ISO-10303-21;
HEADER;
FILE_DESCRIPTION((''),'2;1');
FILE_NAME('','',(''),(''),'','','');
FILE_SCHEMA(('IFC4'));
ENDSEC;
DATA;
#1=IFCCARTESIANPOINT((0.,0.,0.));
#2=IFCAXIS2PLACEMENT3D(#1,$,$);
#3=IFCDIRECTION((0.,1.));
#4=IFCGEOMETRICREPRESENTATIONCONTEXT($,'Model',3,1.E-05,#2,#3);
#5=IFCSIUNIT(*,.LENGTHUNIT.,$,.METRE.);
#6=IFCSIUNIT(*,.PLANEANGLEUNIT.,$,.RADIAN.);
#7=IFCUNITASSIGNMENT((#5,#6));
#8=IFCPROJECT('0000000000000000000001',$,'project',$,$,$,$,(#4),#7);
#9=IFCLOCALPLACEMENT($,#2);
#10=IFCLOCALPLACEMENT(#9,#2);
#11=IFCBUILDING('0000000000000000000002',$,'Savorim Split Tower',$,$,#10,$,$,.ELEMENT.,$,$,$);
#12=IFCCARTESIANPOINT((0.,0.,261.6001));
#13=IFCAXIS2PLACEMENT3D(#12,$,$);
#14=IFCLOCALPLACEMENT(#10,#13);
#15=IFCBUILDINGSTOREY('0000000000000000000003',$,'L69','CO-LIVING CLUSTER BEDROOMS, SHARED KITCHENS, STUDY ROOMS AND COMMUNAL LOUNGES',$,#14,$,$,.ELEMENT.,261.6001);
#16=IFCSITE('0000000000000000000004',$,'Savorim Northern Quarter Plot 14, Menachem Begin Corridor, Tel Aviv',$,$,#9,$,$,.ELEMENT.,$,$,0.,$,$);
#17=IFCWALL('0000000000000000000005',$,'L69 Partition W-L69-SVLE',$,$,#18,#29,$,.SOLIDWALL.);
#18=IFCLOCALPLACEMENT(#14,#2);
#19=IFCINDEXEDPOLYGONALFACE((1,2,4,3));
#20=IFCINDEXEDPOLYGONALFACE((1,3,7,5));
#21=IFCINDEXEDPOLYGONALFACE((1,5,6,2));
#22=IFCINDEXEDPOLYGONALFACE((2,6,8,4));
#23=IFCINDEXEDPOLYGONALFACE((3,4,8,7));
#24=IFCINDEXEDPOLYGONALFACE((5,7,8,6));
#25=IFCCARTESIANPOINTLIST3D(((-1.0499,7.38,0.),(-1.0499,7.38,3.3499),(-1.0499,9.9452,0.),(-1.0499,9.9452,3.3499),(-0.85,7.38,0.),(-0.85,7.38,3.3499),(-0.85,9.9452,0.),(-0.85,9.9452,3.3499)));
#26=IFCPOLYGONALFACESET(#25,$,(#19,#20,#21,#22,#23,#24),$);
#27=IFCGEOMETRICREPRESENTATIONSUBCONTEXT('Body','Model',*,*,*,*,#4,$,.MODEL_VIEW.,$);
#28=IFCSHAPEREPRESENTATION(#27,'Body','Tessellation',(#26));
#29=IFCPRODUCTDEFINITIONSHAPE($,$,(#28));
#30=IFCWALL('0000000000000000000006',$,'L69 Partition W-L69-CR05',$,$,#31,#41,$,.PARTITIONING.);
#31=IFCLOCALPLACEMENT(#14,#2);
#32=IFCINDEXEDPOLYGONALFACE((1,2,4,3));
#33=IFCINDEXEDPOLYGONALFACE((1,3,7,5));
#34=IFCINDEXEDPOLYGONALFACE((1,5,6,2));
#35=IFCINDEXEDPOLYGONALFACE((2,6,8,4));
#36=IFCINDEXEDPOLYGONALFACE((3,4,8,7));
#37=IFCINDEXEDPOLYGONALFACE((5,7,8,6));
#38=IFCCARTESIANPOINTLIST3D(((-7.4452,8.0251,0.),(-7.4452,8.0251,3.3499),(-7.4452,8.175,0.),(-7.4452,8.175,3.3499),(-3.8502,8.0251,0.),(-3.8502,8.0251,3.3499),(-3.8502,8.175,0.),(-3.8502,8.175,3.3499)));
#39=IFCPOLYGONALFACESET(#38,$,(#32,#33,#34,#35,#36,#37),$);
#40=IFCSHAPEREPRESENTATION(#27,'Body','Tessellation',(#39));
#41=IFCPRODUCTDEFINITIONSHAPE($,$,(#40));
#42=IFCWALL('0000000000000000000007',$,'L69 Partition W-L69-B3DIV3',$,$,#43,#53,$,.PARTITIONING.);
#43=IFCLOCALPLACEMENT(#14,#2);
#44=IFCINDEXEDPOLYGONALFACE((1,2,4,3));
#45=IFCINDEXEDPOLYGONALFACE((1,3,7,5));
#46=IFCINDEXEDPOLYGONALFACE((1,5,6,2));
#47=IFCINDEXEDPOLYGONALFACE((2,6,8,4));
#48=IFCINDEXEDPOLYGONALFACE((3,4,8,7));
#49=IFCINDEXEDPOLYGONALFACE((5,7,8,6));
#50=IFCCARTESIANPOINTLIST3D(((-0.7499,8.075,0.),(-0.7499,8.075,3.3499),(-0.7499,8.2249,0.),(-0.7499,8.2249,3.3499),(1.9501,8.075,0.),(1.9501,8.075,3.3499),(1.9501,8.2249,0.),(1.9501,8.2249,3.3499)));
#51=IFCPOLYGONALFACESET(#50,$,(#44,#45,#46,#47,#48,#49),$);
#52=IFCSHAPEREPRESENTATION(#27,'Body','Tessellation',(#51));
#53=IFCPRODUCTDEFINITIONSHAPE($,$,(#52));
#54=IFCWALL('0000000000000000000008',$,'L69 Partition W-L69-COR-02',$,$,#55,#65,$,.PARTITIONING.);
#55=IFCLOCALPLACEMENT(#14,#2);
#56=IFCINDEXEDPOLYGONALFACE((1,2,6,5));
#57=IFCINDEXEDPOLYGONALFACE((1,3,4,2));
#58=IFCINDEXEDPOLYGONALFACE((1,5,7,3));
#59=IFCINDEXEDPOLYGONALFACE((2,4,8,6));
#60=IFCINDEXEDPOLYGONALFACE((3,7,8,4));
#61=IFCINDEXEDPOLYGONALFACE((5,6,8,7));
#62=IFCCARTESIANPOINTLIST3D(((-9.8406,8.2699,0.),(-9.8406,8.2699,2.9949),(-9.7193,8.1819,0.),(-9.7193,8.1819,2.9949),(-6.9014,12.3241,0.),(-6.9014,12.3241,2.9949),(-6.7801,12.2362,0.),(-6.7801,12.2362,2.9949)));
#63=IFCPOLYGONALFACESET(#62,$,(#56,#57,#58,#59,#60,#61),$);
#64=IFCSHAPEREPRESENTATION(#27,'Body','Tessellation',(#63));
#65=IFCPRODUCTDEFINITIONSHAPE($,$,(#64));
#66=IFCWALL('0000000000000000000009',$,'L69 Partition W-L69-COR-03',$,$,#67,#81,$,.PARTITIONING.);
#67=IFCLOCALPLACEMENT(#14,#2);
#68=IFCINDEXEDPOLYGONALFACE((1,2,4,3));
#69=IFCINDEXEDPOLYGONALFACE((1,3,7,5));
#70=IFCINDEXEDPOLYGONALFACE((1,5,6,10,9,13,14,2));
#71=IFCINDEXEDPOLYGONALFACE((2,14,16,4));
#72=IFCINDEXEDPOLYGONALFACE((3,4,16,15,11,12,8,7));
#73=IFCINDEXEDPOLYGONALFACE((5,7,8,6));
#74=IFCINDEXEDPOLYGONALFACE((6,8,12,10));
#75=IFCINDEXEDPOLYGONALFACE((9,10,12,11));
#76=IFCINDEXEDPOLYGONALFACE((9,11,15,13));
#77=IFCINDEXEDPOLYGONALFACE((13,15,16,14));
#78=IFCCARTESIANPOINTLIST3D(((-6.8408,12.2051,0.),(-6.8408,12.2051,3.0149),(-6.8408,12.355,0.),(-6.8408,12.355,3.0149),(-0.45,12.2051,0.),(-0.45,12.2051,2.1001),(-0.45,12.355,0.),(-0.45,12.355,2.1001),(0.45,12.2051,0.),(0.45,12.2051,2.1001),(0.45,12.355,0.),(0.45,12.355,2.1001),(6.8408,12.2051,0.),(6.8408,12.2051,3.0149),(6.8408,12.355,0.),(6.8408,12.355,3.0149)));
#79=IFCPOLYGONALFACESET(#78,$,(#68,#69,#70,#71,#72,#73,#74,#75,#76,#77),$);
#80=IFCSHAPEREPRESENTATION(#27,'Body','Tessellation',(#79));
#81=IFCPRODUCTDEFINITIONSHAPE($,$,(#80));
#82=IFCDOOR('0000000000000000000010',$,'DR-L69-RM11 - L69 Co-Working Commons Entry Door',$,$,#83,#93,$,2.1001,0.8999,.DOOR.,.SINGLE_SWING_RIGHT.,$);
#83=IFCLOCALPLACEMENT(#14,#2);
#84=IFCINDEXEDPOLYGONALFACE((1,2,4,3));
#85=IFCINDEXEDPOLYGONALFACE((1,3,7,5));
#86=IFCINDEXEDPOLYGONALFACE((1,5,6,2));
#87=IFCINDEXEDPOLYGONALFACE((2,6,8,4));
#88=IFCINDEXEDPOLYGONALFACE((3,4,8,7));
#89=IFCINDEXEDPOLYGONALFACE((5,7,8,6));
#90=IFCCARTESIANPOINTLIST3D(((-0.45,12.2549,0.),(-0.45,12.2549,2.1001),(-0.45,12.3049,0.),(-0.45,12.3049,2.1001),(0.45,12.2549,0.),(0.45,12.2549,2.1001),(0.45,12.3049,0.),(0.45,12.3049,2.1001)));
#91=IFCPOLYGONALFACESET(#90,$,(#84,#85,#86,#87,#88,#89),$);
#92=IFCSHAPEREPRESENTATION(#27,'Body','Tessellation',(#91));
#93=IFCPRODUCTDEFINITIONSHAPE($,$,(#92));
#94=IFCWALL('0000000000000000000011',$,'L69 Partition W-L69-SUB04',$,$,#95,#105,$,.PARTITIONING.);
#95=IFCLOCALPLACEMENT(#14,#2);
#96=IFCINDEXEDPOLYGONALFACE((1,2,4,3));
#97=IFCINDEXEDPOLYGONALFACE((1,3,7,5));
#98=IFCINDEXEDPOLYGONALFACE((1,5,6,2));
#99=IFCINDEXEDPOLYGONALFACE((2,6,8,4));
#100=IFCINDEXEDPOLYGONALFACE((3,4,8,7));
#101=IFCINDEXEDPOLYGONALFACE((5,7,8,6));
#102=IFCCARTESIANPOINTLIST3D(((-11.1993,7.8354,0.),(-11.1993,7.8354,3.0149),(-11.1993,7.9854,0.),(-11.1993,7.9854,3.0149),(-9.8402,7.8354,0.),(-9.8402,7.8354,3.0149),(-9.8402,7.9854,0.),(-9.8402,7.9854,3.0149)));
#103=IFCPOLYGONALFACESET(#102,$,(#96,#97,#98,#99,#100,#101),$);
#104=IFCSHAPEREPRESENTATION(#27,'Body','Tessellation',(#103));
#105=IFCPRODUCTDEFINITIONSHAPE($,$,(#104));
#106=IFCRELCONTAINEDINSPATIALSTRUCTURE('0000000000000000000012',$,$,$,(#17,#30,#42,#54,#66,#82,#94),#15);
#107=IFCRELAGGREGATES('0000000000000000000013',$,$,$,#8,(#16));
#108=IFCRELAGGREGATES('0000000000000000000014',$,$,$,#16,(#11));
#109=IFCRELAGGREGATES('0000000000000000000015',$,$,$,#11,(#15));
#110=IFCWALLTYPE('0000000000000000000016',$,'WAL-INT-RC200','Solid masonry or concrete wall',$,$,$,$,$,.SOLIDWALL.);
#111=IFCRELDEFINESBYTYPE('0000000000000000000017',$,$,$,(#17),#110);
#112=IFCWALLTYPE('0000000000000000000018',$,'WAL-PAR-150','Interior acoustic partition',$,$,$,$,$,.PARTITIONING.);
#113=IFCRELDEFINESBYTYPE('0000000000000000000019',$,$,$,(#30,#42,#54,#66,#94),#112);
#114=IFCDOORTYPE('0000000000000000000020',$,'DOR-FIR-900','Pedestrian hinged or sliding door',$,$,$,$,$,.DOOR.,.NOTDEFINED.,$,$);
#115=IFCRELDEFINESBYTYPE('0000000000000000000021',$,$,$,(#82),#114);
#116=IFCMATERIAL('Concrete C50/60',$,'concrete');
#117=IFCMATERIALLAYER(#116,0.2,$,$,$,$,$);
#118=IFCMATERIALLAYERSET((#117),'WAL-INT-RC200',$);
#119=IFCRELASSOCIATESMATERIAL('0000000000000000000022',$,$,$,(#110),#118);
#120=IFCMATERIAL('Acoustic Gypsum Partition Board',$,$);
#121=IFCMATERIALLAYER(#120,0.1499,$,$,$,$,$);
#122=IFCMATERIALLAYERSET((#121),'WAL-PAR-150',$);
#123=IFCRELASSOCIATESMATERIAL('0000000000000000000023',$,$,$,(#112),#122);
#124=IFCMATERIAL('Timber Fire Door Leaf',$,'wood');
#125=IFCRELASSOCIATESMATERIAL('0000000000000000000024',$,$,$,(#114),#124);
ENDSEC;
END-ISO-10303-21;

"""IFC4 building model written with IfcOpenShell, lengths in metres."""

from ifc_helpers import new_model, si_unit, direction, frame, frame_2d, origin, place, context, subcontext, project, spatial, rectangle, extrude, material, layer, layer_set, type_object, element, fill, save


model = new_model("IFC4")

# Units and contexts
model_context = context("Model", 3, precision=1e-05, world=origin(), true_north=direction((0.0, 1.0)))
body_context = subcontext(model_context, "Body", "Model", "MODEL_VIEW")
ifc_project = project(units=[si_unit("LENGTHUNIT", "METRE"), si_unit("PLANEANGLEUNIT", "RADIAN")], contexts=[model_context])

# Site, building, storey
site_placement = place(None, origin())
site = spatial("IfcSite", under=ifc_project, at=site_placement, Name="Savorim Northern Quarter Plot 14, Menachem Begin Corridor, Tel Aviv", CompositionType="ELEMENT", RefElevation=0.0)
building_placement = place(site_placement, origin())
building = spatial("IfcBuilding", under=site, at=building_placement, Name="Savorim Split Tower", CompositionType="ELEMENT")
storey_placement = place(building_placement, frame((0.0, 0.0, 261.6001)))
storey = spatial("IfcBuildingStorey", under=building, at=storey_placement, Name="L69", Description="CO-LIVING CLUSTER BEDROOMS, SHARED KITCHENS, STUDY ROOMS AND COMMUNAL LOUNGES", CompositionType="ELEMENT", Elevation=261.6001)

# Shared definitions
ifc_material_1 = material(Name="Concrete C50/60", Category="concrete")
ifc_layer_1 = layer(ifc_material_1, 0.2)
ifc_layer_set_1 = layer_set([ifc_layer_1], Name="WAL-INT-RC200")
wall_type_1 = type_object("IfcWallType", Name="WAL-INT-RC200", Description="Solid masonry or concrete wall", PredefinedType="SOLIDWALL", material=ifc_layer_set_1)

# Walls
wall_1_placement = place(storey_placement, frame((-0.95, 7.3799, 0.0), z_axis=(0.0, 0.0, 1.0), x_axis=(0.0, 1.0, 0.0)))
element("IfcWall", 1, at=wall_1_placement, inside=storey, type_object=wall_type_1, Name="L69 Partition W-L69-SVLE", PredefinedType="SOLIDWALL", context=body_context, shape_type="SweptSolid", body=[
    extrude(rectangle(XDim=2.5652, YDim=0.2, at=frame_2d((1.2827, 0.0))), origin(), (0.0, 0.0, 1.0), 3.3499),
])
ifc_material_2 = material(Name="Acoustic Gypsum Partition Board")
ifc_layer_2 = layer(ifc_material_2, 0.1499)
ifc_layer_set_2 = layer_set([ifc_layer_2], Name="WAL-PAR-150")
wall_type_2 = type_object("IfcWallType", Name="WAL-PAR-150", Description="Interior acoustic partition", PredefinedType="PARTITIONING", material=ifc_layer_set_2)
wall_2_placement = place(storey_placement, frame((-7.4451, 8.1001, 0.0), z_axis=(0.0, 0.0, 1.0), x_axis=(1.0, 0.0, 0.0)))
element("IfcWall", 2, at=wall_2_placement, inside=storey, type_object=wall_type_2, Name="L69 Partition W-L69-CR05", PredefinedType="PARTITIONING", context=body_context, shape_type="SweptSolid", body=[
    extrude(rectangle(XDim=3.595, YDim=0.1499, at=frame_2d((1.7974, 0.0))), origin(), (0.0, 0.0, 1.0), 3.3499),
])
wall_3_placement = place(storey_placement, frame((-0.75, 8.1499, 0.0), z_axis=(0.0, 0.0, 1.0), x_axis=(1.0, 0.0, 0.0)))
element("IfcWall", 3, at=wall_3_placement, inside=storey, type_object=wall_type_2, Name="L69 Partition W-L69-B3DIV3", PredefinedType="PARTITIONING", context=body_context, shape_type="SweptSolid", body=[
    extrude(rectangle(XDim=2.7, YDim=0.1499, at=frame_2d((1.3501, 0.0))), origin(), (0.0, 0.0, 1.0), 3.3499),
])
wall_4_placement = place(storey_placement, frame((-9.78, 8.2258, 0.0), z_axis=(0.0, 0.0, 1.0), x_axis=(0.586956, 0.809619, 0.0)))
element("IfcWall", 4, at=wall_4_placement, inside=storey, type_object=wall_type_2, Name="L69 Partition W-L69-COR-02", PredefinedType="PARTITIONING", context=body_context, shape_type="SweptSolid", body=[
    extrude(rectangle(XDim=5.0076, YDim=0.1499, at=frame_2d((2.5039, 0.0))), origin(), (0.0, 0.0, 1.0), 2.9949),
])

# Wall, opening, door
wall_5_placement = place(storey_placement, frame((-6.8408, 12.28, 0.0), z_axis=(0.0, 0.0, 1.0), x_axis=(1.0, 0.0, 0.0)))
wall_5 = element("IfcWall", 5, at=wall_5_placement, inside=storey, type_object=wall_type_2, Name="L69 Partition W-L69-COR-03", PredefinedType="PARTITIONING", context=body_context, shape_type="SweptSolid", body=[
    extrude(rectangle(XDim=13.6816, YDim=0.1499, at=frame_2d((6.8408, 0.0))), origin(), (0.0, 0.0, 1.0), 3.0149),
])
opening_1_placement = place(wall_5_placement, frame((6.3909, 0.0, 0.0)))
opening_1 = element("IfcOpeningElement", 6, at=opening_1_placement, cuts=wall_5, PredefinedType="OPENING", context=body_context, shape_type="SweptSolid", body=[
    extrude(rectangle(XDim=0.8999, YDim=2.1001, at=frame_2d((0.45, 1.05))), frame((0.0, 0.085, 0.0), z_axis=(0.0, -1.0, 0.0), x_axis=(1.0, 0.0, 0.0)), (0.0, 0.0, 1.0), 0.1699),
])
ifc_material_3 = material(Name="Timber Fire Door Leaf", Category="wood")
door_type_1 = type_object("IfcDoorType", Name="DOR-FIR-900", Description="Pedestrian hinged or sliding door", OperationType="NOTDEFINED", PredefinedType="DOOR", material=ifc_material_3)
door_1_placement = place(opening_1_placement, origin())
door_1 = element("IfcDoor", 7, at=door_1_placement, inside=storey, type_object=door_type_1, Name="DR-L69-RM11 - L69 Co-Working Commons Entry Door", OperationType="SINGLE_SWING_RIGHT", OverallHeight=2.1001, OverallWidth=0.8999, PredefinedType="DOOR", context=body_context, shape_type="SweptSolid", body=[
    extrude(rectangle(XDim=0.8999, YDim=2.1001, at=frame_2d((0.45, 1.05))), frame((0.0, 0.0249, 0.0), z_axis=(0.0, -1.0, 0.0), x_axis=(1.0, 0.0, 0.0)), (0.0, 0.0, 1.0), 0.05),
])
fill(opening_1, door_1)

# Wall
wall_6_placement = place(storey_placement, frame((-9.8401, 7.9104, 0.0), z_axis=(0.0, 0.0, 1.0), x_axis=(-1.0, 0.0, 0.0)))
element("IfcWall", 8, at=wall_6_placement, inside=storey, type_object=wall_type_2, Name="L69 Partition W-L69-SUB04", PredefinedType="PARTITIONING", context=body_context, shape_type="SweptSolid", body=[
    extrude(rectangle(XDim=1.3591, YDim=0.1499, at=frame_2d((0.6797, 0.0))), origin(), (0.0, 0.0, 1.0), 3.0149),
])

save(model, "model.ifc")
